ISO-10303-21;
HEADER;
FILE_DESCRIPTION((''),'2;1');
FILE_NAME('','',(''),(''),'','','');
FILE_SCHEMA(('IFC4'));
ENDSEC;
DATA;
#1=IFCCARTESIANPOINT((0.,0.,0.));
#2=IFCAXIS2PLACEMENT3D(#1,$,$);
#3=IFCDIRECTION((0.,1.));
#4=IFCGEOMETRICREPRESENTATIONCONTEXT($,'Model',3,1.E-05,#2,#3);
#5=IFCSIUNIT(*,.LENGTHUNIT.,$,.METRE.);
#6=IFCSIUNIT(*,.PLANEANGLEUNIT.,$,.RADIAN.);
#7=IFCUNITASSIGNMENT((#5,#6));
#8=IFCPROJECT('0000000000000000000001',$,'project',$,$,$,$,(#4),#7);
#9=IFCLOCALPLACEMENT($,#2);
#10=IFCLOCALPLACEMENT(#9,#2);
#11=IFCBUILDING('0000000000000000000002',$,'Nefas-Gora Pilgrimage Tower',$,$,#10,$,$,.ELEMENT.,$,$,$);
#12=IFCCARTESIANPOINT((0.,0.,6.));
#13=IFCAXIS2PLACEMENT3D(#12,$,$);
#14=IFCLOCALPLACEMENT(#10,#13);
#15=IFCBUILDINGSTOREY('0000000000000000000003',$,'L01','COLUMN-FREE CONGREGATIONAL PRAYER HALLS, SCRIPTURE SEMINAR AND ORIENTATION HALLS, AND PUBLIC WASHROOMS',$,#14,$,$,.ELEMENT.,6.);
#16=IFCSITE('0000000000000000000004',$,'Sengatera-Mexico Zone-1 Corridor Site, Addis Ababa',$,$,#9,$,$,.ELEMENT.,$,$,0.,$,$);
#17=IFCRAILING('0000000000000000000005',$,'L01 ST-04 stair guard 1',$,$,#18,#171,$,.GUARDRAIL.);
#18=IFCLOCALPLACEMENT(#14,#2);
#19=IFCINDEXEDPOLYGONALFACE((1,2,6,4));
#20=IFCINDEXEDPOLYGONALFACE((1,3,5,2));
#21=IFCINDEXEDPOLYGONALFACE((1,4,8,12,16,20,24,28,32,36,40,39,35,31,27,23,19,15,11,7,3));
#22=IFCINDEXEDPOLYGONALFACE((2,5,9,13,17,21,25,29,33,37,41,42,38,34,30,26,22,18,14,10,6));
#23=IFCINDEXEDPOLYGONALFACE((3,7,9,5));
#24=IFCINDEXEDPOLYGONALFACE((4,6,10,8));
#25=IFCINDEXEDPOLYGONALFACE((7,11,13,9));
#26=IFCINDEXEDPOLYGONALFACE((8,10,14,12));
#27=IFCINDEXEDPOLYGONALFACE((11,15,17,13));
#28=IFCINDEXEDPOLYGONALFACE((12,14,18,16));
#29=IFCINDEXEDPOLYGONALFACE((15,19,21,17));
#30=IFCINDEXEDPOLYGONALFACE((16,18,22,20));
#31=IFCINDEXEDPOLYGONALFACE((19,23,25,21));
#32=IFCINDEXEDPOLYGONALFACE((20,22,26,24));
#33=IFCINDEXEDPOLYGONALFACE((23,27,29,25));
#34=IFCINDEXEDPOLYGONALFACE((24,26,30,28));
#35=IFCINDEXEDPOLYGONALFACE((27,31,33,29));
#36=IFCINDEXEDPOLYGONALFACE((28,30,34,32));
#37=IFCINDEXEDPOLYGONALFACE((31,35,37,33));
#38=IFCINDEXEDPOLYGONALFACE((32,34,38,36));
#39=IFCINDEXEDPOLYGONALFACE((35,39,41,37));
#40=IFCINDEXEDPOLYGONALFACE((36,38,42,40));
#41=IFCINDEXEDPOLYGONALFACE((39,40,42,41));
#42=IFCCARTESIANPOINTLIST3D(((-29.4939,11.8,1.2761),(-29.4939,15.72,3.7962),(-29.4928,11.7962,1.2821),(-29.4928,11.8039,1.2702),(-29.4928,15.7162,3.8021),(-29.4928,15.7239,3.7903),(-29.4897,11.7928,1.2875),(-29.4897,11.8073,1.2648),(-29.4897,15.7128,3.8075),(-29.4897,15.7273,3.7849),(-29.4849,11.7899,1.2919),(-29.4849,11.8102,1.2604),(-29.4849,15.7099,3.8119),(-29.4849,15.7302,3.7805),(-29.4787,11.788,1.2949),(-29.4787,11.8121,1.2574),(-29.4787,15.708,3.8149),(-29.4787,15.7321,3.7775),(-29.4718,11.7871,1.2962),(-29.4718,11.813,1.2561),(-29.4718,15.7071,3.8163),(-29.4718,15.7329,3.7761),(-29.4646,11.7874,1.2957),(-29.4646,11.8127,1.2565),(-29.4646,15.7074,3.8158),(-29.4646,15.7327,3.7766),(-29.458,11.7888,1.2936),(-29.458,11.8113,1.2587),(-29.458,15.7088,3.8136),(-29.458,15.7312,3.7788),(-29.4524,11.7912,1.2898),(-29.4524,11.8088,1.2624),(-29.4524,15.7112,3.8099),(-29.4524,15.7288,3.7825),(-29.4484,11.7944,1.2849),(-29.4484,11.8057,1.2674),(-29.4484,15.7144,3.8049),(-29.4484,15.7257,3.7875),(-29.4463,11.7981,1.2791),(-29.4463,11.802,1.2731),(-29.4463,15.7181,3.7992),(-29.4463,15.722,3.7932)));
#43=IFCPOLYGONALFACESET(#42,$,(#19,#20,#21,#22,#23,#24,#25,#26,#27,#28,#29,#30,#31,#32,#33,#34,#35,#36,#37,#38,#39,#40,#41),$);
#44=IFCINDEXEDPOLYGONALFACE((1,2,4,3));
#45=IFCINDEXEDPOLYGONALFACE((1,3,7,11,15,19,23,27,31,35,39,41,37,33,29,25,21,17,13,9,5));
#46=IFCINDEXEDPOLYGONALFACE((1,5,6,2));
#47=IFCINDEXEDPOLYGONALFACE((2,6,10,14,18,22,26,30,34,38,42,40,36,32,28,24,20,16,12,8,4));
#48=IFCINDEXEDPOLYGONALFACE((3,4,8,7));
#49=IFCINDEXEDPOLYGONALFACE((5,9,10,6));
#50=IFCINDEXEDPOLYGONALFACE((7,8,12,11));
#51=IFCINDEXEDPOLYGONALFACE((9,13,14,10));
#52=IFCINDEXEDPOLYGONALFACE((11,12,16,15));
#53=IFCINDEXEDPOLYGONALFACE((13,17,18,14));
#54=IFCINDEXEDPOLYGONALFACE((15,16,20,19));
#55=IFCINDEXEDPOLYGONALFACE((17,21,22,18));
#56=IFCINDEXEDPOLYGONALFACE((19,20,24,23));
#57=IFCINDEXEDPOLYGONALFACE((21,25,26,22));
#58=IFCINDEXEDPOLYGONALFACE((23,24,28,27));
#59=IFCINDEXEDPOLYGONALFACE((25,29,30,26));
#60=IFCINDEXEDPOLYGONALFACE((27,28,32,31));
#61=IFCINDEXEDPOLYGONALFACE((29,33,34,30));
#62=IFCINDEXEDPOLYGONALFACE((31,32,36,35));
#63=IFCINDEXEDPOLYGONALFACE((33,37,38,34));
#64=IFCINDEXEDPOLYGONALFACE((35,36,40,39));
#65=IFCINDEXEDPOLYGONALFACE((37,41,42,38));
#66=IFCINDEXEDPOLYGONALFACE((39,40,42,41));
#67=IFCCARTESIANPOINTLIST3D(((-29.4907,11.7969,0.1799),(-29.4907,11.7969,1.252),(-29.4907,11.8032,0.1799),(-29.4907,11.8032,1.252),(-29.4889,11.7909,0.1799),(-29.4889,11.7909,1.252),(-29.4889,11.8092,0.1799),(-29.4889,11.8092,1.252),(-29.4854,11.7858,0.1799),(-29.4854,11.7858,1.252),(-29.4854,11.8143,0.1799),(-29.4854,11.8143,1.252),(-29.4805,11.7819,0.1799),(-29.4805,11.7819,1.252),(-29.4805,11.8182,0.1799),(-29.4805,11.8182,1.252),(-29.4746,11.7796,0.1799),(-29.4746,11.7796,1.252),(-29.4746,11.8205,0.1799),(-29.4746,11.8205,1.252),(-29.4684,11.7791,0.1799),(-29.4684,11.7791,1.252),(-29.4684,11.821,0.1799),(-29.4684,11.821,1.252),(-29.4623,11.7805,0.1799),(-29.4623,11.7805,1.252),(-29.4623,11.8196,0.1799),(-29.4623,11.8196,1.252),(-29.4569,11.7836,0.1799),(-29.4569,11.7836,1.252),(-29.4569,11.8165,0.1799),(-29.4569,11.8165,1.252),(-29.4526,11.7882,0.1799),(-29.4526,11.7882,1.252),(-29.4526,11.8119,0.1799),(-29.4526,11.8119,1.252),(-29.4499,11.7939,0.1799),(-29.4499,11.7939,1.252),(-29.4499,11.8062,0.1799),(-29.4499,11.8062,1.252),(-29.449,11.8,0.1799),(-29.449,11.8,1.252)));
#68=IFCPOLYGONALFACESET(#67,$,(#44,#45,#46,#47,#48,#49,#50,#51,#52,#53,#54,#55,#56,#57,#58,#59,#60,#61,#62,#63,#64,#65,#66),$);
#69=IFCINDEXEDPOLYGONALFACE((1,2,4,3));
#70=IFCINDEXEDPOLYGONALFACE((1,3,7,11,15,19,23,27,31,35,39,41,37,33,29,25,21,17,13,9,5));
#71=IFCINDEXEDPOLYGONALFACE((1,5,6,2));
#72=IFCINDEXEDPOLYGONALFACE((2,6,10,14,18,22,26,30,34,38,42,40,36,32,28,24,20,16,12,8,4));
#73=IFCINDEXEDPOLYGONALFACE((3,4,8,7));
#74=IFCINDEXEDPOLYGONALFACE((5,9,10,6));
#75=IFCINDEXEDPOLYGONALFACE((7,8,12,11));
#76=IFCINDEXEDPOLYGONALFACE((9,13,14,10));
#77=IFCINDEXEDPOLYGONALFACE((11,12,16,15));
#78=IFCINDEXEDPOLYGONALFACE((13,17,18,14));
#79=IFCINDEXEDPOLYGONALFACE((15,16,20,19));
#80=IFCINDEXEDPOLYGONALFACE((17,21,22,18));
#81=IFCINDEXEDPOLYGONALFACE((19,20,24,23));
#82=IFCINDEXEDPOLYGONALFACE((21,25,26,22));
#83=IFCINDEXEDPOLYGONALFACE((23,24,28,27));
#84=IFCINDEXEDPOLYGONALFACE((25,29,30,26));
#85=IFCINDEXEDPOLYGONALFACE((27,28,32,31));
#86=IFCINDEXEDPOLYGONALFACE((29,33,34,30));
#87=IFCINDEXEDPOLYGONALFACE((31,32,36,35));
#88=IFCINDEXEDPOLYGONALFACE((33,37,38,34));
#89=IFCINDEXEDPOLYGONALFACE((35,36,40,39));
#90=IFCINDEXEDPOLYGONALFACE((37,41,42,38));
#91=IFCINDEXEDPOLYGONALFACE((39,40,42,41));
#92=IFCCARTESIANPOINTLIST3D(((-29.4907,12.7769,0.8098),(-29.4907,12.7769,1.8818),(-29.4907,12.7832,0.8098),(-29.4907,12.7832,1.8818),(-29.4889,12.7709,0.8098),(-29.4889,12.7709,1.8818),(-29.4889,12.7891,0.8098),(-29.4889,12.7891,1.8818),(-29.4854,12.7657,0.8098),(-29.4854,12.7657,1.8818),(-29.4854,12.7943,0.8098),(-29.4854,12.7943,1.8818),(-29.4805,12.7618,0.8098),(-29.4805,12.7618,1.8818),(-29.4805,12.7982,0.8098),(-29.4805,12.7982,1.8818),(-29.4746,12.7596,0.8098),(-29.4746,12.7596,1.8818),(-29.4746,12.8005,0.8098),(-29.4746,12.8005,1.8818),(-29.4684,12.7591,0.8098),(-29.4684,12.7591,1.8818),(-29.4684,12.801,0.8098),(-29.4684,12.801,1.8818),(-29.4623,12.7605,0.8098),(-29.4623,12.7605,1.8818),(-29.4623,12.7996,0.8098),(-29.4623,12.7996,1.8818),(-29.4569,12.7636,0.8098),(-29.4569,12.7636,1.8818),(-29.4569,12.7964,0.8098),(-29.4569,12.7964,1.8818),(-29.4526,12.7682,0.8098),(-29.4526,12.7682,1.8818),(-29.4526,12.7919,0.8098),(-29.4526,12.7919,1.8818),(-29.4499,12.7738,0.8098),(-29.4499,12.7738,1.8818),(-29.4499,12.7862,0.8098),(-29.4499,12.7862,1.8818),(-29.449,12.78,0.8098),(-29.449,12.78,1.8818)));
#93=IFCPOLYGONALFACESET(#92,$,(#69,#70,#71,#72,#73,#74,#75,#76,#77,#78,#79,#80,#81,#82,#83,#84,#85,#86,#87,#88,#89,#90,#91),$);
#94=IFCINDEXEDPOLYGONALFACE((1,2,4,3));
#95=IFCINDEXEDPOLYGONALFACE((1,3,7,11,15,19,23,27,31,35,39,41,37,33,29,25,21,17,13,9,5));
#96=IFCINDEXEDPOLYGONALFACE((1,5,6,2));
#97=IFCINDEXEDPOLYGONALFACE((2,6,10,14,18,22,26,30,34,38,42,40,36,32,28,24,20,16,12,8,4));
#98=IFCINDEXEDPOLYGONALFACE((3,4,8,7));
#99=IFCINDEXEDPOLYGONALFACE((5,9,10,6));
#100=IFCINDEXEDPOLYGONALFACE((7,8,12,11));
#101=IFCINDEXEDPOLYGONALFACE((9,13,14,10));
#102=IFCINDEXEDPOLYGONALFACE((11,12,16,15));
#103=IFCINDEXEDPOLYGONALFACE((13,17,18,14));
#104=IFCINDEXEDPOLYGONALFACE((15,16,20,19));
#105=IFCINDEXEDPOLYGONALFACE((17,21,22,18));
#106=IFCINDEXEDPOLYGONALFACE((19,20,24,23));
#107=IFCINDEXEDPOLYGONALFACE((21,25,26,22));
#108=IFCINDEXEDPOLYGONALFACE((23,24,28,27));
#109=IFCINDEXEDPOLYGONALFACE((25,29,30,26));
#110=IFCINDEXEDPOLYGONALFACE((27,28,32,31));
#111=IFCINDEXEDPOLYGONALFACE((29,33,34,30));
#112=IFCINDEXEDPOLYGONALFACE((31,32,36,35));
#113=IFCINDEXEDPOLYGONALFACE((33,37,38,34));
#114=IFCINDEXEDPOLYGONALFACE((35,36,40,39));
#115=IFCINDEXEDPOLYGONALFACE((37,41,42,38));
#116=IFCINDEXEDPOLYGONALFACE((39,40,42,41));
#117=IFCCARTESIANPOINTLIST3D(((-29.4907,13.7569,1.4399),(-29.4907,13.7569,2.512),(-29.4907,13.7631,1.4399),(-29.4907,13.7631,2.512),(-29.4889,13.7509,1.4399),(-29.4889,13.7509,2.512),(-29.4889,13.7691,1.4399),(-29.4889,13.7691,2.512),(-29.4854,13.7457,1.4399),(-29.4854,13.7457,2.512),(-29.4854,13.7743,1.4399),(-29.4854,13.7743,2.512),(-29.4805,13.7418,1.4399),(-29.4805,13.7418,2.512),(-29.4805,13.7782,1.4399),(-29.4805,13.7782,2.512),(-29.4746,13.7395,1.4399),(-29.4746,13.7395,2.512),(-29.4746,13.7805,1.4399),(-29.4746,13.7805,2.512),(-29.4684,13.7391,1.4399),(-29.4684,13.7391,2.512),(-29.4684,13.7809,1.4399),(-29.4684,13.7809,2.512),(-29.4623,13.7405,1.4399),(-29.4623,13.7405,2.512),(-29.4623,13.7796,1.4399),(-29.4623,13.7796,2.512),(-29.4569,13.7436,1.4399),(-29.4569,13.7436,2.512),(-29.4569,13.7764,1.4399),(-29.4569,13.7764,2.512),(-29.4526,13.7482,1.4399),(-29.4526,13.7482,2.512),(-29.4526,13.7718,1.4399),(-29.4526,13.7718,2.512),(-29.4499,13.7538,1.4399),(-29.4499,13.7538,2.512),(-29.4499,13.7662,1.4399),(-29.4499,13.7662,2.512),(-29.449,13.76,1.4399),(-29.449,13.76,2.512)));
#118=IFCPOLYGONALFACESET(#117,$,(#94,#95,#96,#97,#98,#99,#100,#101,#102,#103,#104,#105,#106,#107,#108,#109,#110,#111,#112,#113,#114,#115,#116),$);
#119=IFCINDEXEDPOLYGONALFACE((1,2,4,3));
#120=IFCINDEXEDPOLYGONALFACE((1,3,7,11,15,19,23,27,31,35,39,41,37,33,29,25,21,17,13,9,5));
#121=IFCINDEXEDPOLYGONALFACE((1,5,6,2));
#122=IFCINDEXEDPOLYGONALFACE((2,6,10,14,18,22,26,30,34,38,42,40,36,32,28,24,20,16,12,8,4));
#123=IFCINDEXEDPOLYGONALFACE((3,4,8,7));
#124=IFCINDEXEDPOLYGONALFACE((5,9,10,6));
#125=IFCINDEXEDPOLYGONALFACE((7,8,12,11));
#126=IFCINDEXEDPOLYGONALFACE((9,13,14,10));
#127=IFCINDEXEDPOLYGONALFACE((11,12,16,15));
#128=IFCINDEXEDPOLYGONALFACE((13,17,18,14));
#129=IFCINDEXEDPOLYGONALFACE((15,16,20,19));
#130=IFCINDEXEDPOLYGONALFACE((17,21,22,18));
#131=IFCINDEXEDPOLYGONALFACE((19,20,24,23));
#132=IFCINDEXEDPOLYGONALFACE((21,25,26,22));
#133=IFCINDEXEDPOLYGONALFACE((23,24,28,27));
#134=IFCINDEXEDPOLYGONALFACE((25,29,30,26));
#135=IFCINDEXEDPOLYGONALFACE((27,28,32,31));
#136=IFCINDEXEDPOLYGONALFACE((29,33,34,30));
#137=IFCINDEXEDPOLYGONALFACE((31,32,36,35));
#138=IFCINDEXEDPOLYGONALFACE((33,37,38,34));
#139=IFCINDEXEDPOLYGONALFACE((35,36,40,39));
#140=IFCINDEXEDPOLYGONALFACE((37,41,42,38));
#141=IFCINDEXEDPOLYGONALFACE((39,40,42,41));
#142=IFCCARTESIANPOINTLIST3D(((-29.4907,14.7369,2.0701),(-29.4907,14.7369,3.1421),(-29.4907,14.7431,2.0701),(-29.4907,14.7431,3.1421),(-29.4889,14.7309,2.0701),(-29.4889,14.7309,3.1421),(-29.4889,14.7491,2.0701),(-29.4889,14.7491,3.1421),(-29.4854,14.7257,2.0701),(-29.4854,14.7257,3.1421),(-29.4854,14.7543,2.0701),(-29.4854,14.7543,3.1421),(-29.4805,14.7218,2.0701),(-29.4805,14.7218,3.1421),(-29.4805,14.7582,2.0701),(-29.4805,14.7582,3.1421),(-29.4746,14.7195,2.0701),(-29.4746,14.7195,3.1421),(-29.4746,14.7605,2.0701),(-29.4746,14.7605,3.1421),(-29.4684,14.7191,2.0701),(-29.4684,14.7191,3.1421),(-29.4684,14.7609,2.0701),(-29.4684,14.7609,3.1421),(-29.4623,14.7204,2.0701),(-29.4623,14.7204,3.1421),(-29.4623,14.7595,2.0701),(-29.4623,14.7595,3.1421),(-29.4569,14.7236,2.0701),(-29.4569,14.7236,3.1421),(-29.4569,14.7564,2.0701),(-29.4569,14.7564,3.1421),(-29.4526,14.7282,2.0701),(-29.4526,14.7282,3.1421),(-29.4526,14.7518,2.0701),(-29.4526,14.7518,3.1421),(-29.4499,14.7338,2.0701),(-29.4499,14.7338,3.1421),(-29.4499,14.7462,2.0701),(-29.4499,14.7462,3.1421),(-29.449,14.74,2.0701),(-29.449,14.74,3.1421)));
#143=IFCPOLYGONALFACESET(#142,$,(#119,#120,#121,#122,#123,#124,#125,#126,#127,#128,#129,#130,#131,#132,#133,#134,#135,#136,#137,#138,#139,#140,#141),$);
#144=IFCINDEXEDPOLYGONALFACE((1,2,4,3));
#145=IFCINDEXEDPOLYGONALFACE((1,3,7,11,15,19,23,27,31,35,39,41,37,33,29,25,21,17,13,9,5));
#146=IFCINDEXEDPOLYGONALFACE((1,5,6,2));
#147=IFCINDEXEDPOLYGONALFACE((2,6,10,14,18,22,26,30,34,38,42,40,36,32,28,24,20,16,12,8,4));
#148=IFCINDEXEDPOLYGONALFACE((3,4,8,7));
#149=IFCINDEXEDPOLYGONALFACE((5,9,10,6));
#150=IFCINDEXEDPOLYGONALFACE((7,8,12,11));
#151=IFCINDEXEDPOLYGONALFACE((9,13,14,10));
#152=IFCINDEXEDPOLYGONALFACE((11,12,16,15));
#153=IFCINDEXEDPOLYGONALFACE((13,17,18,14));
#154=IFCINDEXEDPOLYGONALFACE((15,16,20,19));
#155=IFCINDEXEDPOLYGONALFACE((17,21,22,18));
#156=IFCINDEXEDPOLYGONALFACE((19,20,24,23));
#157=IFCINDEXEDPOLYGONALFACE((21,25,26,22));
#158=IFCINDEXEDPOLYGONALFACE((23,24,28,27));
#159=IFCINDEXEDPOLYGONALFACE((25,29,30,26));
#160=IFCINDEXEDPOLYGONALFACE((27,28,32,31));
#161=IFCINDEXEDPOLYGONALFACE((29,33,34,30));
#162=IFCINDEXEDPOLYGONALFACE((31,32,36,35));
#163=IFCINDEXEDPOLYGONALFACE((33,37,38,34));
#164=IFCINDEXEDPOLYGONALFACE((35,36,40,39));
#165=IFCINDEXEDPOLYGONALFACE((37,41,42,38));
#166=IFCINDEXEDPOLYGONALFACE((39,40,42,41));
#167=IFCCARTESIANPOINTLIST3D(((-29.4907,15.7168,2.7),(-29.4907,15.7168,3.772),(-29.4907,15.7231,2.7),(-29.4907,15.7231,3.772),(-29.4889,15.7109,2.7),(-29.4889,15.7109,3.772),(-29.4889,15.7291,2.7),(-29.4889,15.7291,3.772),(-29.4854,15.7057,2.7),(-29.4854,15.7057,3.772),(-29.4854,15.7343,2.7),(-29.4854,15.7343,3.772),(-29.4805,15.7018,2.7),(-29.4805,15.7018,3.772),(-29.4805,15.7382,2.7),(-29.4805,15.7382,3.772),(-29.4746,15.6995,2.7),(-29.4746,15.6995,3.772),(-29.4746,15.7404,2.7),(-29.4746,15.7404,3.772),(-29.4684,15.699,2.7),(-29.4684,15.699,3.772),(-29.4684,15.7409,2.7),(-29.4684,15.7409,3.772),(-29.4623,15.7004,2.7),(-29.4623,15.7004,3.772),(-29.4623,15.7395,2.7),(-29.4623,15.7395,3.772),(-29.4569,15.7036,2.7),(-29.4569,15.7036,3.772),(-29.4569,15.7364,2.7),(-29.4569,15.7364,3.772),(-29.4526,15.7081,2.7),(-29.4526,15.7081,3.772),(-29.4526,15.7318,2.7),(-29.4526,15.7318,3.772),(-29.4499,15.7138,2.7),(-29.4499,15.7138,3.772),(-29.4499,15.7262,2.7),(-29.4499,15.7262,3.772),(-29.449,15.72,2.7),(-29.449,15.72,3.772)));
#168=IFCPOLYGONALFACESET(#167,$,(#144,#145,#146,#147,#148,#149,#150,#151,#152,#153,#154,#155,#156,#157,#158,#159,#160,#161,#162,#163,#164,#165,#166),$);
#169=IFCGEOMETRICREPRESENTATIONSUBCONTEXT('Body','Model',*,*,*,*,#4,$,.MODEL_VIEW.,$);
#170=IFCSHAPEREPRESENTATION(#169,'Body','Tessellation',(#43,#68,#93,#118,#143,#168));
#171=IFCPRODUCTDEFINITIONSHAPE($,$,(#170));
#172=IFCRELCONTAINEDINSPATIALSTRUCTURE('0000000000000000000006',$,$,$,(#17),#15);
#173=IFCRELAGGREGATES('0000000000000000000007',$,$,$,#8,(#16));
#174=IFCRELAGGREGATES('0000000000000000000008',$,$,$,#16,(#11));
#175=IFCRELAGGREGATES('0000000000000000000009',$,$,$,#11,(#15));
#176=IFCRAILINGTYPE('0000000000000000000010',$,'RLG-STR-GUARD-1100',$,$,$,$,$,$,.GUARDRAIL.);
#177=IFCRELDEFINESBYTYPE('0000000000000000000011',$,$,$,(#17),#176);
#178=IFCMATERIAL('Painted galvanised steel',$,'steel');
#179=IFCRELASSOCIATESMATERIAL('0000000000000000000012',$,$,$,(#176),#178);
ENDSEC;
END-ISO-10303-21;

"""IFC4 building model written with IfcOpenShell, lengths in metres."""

from ifc_helpers import new_model, si_unit, direction, frame, origin, origin_2d, place, context, subcontext, project, spatial, circle, extrude, material, type_object, element, save


model = new_model("IFC4")

# Units and contexts
model_context = context("Model", 3, precision=1e-05, world=origin(), true_north=direction((0.0, 1.0)))
body_context = subcontext(model_context, "Body", "Model", "MODEL_VIEW")
ifc_project = project(units=[si_unit("LENGTHUNIT", "METRE"), si_unit("PLANEANGLEUNIT", "RADIAN")], contexts=[model_context])

# Site, building, storey
site_placement = place(None, origin())
site = spatial("IfcSite", under=ifc_project, at=site_placement, Name="Sengatera-Mexico Zone-1 Corridor Site, Addis Ababa", CompositionType="ELEMENT", RefElevation=0.0)
building_placement = place(site_placement, origin())
building = spatial("IfcBuilding", under=site, at=building_placement, Name="Nefas-Gora Pilgrimage Tower", CompositionType="ELEMENT")
storey_placement = place(building_placement, frame((0.0, 0.0, 6.0)))
storey = spatial("IfcBuildingStorey", under=building, at=storey_placement, Name="L01", Description="COLUMN-FREE CONGREGATIONAL PRAYER HALLS, SCRIPTURE SEMINAR AND ORIENTATION HALLS, AND PUBLIC WASHROOMS", CompositionType="ELEMENT", Elevation=6.0)

# Railing
ifc_material_1 = material(Name="Painted galvanised steel", Category="steel")
railing_type_1 = type_object("IfcRailingType", Name="RLG-STR-GUARD-1100", PredefinedType="GUARDRAIL", material=ifc_material_1)
railing_1_placement = place(storey_placement, frame((-29.47, 11.8, 0.1799)))
element("IfcRailing", 1, at=railing_1_placement, inside=storey, type_object=railing_type_1, Name="L01 ST-04 stair guard 1", PredefinedType="GUARDRAIL", context=body_context, shape_type="SweptSolid", body=[
    extrude(circle(Radius=0.0239, at=origin_2d()), frame((0.0, 0.0, 1.0962), z_axis=(0.0, 0.841172, 0.540768), x_axis=(-1.0, 0.0, 0.0)), (0.0, 0.0, 1.0), 4.6602),
    extrude(circle(Radius=0.021, at=origin_2d()), origin(), (0.0, 0.0, 1.0), 1.072),
    extrude(circle(Radius=0.021, at=origin_2d()), frame((0.0, 0.98, 0.6299)), (0.0, 0.0, 1.0), 1.072),
    extrude(circle(Radius=0.021, at=origin_2d()), frame((0.0, 1.96, 1.26)), (0.0, 0.0, 1.0), 1.072),
    extrude(circle(Radius=0.021, at=origin_2d()), frame((0.0, 2.9399, 1.8901)), (0.0, 0.0, 1.0), 1.072),
    extrude(circle(Radius=0.021, at=origin_2d()), frame((0.0, 3.9199, 2.52)), (0.0, 0.0, 1.0), 1.072),
])

save(model, "model.ifc")
